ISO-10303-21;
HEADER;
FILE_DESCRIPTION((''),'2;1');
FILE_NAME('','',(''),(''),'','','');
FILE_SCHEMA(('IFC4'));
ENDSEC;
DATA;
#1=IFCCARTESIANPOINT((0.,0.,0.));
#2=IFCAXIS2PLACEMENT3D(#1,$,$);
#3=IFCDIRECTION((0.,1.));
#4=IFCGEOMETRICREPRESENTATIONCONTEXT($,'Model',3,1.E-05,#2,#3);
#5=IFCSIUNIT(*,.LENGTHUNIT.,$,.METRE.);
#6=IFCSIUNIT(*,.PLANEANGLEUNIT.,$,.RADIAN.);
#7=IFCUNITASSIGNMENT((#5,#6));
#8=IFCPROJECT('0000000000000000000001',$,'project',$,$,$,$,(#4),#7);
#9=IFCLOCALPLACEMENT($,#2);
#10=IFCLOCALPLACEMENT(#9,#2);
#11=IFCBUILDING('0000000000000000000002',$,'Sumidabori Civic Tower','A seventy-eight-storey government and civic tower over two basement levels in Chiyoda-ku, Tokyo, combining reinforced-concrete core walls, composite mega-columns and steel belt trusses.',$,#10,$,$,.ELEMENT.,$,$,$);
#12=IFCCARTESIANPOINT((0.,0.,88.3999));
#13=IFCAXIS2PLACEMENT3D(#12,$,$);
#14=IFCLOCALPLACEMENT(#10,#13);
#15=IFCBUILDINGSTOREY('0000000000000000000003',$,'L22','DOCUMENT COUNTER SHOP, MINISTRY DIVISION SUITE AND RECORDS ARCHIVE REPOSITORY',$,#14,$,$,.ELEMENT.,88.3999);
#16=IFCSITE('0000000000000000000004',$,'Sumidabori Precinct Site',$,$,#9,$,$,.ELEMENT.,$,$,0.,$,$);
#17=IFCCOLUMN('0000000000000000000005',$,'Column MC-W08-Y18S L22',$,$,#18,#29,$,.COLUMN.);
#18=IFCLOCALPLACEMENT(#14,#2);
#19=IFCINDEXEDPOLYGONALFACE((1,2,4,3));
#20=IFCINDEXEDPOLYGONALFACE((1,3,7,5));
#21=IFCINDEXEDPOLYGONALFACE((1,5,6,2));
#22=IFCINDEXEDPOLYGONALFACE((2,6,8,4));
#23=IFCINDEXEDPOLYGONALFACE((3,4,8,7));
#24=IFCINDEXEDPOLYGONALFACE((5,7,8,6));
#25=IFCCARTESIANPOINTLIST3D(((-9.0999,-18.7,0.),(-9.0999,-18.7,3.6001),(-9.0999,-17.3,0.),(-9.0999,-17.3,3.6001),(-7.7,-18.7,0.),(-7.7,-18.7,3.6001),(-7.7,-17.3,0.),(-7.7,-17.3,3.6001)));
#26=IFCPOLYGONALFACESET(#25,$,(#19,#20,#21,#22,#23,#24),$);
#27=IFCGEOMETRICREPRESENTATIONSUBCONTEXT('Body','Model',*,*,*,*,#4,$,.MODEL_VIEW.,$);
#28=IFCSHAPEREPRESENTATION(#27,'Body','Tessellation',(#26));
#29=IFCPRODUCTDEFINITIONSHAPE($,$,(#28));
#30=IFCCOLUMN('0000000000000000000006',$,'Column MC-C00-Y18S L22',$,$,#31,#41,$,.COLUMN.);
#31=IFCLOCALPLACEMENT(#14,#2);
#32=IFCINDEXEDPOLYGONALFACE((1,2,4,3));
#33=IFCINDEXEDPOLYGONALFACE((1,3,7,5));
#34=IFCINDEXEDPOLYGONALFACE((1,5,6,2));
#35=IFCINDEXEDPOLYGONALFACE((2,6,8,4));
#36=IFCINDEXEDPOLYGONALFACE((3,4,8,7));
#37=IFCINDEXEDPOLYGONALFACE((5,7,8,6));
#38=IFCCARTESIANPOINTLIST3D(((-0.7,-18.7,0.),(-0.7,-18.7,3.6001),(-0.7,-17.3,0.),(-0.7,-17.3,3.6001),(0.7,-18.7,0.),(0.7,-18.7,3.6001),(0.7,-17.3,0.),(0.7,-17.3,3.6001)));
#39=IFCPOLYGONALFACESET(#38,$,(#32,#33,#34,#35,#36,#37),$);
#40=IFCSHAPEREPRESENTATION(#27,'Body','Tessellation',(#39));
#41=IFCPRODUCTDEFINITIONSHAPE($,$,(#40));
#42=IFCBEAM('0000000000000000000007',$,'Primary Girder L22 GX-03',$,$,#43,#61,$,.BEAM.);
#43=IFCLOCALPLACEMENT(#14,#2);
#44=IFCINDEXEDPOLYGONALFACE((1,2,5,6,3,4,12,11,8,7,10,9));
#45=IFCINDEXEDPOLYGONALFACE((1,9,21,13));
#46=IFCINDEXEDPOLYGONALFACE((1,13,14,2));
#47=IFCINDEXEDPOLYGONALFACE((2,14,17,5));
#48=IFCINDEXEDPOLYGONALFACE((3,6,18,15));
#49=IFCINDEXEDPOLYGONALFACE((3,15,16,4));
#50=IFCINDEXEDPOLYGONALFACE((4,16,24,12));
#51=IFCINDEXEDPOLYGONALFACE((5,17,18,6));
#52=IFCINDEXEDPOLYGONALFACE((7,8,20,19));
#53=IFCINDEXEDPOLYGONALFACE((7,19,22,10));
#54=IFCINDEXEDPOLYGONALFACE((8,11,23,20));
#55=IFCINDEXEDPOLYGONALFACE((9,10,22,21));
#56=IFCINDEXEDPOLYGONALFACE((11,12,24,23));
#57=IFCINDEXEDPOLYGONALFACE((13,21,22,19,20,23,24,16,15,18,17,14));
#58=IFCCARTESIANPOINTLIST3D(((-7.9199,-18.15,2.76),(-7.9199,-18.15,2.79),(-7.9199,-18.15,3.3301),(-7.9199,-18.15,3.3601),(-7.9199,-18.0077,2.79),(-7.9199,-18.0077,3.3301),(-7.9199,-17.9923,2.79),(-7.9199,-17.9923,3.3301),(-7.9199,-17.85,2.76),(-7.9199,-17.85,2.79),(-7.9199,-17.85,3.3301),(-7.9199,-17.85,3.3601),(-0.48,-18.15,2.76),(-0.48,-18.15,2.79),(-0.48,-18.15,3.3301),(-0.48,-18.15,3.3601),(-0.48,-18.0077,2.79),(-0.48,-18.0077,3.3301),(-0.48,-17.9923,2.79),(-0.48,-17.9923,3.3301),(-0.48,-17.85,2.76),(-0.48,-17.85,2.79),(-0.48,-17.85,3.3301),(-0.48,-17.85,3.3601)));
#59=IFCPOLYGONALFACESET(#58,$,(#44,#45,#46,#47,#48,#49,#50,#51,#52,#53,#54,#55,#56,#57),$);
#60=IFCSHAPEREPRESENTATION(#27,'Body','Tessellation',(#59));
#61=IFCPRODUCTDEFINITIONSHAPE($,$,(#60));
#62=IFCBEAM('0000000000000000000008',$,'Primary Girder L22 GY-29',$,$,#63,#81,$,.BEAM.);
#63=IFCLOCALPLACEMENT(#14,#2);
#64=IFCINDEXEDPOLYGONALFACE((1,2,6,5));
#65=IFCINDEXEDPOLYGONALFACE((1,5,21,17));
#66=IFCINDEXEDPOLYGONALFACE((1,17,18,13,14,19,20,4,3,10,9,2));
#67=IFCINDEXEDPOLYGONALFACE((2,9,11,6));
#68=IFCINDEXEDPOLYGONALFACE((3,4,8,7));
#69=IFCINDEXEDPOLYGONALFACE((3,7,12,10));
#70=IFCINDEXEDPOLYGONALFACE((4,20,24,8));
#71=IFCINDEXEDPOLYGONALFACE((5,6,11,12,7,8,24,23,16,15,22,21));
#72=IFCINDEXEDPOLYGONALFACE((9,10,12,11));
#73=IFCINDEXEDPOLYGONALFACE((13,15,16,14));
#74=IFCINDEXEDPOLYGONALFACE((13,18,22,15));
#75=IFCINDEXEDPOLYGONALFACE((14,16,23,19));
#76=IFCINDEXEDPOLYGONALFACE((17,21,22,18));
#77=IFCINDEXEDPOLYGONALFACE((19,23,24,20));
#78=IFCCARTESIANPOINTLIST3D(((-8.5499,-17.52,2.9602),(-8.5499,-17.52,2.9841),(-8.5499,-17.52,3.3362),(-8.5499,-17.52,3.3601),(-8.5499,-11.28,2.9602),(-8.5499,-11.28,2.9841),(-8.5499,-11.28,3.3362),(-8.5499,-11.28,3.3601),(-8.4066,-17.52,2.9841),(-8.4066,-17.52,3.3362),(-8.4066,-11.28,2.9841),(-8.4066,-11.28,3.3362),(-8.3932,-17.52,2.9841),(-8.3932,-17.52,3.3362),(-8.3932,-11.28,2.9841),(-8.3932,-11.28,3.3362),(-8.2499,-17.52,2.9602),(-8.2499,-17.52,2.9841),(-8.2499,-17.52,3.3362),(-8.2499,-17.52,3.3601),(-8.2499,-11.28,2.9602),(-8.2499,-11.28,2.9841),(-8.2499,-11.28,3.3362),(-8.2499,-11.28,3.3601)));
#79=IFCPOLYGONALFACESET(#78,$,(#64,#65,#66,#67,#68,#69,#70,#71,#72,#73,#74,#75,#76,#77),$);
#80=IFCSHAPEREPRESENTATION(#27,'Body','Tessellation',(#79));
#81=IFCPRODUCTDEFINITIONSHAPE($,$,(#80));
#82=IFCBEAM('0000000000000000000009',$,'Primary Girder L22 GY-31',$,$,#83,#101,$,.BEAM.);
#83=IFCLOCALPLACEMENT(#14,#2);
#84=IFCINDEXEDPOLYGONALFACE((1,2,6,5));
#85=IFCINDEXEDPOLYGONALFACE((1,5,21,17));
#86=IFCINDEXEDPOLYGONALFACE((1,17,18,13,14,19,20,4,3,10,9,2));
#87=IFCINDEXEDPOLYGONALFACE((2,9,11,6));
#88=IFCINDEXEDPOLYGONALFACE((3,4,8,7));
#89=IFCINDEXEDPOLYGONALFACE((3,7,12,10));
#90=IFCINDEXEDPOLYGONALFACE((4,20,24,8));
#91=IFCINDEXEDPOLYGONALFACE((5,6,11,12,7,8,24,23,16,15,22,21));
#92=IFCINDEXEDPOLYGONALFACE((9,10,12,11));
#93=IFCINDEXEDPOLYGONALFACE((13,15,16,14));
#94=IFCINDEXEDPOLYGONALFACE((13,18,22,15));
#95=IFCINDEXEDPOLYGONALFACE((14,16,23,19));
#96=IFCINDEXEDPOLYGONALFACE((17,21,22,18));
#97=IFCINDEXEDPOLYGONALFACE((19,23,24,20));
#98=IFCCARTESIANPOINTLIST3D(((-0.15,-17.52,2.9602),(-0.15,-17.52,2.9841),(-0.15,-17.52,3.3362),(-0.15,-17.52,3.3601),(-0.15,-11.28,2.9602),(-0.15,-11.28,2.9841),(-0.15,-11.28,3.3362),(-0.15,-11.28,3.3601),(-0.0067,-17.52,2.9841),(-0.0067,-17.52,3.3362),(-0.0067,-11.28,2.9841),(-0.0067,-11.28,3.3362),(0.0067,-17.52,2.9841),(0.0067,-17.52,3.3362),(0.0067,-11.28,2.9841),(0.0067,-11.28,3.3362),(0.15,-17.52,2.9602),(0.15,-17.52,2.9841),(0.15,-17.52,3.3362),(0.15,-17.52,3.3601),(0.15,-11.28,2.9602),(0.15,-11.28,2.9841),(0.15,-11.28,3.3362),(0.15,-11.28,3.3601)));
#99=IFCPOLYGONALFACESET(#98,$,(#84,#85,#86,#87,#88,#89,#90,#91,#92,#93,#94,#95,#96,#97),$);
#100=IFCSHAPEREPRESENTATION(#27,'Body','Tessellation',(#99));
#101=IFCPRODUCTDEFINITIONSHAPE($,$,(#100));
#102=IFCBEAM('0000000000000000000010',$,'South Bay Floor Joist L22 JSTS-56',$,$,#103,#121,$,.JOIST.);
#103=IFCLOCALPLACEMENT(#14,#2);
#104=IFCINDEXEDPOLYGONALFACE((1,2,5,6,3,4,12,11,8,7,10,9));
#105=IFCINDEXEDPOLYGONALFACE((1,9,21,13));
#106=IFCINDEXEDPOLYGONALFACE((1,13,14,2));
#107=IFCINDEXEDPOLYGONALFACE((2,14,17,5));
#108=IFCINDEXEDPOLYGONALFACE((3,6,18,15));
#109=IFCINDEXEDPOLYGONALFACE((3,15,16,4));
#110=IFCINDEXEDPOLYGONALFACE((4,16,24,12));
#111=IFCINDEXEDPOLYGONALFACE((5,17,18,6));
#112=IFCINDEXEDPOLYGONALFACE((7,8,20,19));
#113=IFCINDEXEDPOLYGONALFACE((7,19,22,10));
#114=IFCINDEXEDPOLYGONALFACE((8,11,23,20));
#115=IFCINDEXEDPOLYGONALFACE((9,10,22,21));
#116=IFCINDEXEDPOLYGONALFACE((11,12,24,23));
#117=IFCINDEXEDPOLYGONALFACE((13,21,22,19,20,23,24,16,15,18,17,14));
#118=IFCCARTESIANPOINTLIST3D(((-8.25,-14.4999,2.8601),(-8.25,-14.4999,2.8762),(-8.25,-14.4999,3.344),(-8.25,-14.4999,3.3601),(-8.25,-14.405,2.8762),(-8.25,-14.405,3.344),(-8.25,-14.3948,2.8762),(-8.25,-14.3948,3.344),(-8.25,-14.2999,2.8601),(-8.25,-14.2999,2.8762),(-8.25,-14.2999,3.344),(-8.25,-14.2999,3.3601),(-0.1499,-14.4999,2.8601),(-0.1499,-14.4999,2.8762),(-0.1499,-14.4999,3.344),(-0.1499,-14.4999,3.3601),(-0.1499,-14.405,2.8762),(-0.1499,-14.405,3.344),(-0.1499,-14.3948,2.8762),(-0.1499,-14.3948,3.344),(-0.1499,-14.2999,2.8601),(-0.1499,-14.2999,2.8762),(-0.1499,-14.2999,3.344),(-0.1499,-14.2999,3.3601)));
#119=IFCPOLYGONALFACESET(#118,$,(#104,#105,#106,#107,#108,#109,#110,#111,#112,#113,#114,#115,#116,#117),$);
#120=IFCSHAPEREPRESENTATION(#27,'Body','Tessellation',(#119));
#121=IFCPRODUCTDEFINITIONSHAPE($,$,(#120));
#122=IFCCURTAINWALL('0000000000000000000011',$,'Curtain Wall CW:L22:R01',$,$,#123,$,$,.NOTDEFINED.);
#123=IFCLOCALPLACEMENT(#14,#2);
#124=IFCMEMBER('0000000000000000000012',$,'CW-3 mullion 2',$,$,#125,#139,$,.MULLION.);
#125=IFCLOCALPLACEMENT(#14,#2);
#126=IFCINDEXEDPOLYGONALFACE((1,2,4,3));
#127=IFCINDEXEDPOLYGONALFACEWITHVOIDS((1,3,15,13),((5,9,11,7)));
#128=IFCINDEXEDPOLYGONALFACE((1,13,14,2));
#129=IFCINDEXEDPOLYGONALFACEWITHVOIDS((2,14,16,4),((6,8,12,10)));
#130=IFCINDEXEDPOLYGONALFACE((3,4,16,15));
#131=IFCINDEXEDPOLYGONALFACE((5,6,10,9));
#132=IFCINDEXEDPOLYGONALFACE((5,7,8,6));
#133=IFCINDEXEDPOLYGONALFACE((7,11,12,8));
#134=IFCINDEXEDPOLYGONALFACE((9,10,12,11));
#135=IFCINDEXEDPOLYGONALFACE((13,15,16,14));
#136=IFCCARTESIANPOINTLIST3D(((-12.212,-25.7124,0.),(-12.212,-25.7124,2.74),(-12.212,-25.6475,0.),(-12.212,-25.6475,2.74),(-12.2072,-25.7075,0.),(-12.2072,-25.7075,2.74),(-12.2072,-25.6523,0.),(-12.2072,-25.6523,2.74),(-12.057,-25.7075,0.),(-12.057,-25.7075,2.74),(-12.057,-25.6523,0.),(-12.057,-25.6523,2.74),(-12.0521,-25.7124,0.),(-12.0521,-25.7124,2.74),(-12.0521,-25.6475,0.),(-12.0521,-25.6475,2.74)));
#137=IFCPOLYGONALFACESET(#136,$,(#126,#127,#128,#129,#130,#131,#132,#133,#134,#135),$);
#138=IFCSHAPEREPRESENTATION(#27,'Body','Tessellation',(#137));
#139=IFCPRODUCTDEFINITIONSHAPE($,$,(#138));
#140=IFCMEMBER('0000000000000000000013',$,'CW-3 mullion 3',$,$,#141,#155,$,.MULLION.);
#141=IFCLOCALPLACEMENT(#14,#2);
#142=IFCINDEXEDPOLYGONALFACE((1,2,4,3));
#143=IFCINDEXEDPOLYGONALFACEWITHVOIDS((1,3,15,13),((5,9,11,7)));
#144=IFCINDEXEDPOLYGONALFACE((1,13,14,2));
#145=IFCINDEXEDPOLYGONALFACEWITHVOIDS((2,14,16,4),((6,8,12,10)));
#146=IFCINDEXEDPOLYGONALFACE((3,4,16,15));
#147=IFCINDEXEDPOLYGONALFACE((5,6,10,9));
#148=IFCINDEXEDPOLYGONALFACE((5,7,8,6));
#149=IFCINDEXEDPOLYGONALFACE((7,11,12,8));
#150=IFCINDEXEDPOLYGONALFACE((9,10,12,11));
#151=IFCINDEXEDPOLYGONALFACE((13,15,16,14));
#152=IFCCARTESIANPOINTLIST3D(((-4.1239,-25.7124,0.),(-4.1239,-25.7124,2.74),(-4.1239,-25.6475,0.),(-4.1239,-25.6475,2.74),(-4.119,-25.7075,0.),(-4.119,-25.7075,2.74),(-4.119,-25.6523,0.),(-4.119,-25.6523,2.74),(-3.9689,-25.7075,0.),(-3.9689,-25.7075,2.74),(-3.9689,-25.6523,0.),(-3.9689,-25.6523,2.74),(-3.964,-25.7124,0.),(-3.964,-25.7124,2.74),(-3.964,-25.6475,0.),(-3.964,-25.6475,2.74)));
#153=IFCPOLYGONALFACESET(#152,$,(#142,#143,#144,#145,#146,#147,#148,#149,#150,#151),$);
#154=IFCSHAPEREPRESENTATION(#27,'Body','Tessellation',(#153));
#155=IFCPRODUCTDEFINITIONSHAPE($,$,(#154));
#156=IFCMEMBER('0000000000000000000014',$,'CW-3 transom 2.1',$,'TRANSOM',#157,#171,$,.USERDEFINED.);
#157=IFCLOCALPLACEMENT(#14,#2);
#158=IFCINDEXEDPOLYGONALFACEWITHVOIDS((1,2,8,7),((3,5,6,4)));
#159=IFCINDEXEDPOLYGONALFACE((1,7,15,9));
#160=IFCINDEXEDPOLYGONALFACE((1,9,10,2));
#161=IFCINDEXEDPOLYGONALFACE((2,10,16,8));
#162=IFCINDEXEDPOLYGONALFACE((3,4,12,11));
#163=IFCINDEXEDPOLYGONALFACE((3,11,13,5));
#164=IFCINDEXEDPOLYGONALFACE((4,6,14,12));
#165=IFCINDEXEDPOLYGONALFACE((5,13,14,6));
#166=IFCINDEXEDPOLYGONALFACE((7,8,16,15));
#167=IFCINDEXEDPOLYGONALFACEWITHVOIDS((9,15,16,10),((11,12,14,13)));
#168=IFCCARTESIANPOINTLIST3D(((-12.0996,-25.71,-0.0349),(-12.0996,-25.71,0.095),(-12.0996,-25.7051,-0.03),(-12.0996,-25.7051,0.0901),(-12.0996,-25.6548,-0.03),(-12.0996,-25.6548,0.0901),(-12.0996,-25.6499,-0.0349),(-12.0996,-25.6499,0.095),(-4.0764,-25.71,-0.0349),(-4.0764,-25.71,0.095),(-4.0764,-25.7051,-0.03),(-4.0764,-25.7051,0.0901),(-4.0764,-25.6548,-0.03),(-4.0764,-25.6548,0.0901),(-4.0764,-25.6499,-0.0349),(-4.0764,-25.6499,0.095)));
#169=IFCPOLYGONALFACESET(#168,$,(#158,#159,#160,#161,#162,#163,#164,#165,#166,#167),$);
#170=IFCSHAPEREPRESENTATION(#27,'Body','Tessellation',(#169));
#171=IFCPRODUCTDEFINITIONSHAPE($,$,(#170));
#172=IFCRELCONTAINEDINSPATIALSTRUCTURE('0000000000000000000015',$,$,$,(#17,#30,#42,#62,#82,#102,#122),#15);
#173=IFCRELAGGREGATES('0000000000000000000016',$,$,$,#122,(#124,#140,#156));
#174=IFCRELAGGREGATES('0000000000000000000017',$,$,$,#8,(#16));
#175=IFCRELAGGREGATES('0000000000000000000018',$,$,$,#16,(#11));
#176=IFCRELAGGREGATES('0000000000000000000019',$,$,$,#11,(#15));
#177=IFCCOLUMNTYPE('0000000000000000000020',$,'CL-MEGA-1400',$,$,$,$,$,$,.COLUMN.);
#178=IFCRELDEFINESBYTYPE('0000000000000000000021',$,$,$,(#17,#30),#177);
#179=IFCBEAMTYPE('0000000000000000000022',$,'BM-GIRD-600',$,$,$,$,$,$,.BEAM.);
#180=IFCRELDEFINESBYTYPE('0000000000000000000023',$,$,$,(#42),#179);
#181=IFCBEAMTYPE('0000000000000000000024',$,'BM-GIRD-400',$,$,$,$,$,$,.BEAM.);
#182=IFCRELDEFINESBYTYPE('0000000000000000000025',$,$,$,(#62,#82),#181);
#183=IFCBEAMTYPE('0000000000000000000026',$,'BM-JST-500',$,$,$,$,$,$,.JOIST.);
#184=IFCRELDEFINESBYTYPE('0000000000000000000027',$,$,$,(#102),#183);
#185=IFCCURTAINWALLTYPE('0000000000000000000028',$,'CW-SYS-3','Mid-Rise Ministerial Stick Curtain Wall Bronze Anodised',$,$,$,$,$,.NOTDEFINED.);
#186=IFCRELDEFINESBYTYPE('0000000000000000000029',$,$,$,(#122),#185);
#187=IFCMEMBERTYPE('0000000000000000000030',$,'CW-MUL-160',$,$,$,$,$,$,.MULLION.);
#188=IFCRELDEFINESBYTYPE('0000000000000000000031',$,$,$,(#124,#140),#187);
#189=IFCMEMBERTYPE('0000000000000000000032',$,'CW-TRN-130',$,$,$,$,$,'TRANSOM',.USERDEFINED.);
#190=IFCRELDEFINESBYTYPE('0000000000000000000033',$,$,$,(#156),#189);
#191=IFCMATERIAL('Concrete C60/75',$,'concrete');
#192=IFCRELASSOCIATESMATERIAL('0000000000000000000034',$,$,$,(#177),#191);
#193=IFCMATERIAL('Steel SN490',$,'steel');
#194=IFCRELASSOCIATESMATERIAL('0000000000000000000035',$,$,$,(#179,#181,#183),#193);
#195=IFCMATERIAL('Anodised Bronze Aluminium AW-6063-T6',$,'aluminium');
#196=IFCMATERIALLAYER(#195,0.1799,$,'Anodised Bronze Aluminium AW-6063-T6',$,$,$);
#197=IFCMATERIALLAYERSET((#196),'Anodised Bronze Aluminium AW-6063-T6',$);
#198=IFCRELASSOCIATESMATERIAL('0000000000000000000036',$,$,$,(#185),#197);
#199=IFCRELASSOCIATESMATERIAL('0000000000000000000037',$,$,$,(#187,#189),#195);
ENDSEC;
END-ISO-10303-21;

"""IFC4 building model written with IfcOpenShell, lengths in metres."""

from ifc_helpers import new_model, si_unit, direction, frame, origin, origin_2d, place, context, subcontext, project, spatial, rectangle, hollow_rectangle, i_section, extrude, source, transform, mapped, material, layer, layer_set, material_profile, profile_set, type_object, element, aggregate, save


model = new_model("IFC4")

# Units and contexts
model_context = context("Model", 3, precision=1e-05, world=origin(), true_north=direction((0.0, 1.0)))
body_context = subcontext(model_context, "Body", "Model", "MODEL_VIEW")
ifc_project = project(units=[si_unit("LENGTHUNIT", "METRE"), si_unit("PLANEANGLEUNIT", "RADIAN")], contexts=[model_context])

# Site, building, storey
site_placement = place(None, origin())
site = spatial("IfcSite", under=ifc_project, at=site_placement, Name="Sumidabori Precinct Site", CompositionType="ELEMENT", RefElevation=0.0)
building_placement = place(site_placement, origin())
building = spatial("IfcBuilding", under=site, at=building_placement, Name="Sumidabori Civic Tower", Description="A seventy-eight-storey government and civic tower over two basement levels in Chiyoda-ku, Tokyo, combining reinforced-concrete core walls, composite mega-columns and steel belt trusses.", CompositionType="ELEMENT")
storey_placement = place(building_placement, frame((0.0, 0.0, 88.3999)))
storey = spatial("IfcBuildingStorey", under=building, at=storey_placement, Name="L22", Description="DOCUMENT COUNTER SHOP, MINISTRY DIVISION SUITE AND RECORDS ARCHIVE REPOSITORY", CompositionType="ELEMENT", Elevation=88.3999)

# Columns
ifc_material_1 = material(Name="Concrete C60/75", Category="concrete")
ifc_material_profile_1 = material_profile(ifc_material_1, rectangle(XDim=1.3999, YDim=1.3999, at=origin_2d()), Name="RC 1400x1400")
ifc_profile_set_1 = profile_set([ifc_material_profile_1], Name="Concrete C60/75")
column_type = type_object("IfcColumnType", Name="CL-MEGA-1400", PredefinedType="COLUMN", material=ifc_profile_set_1)
shared_shape_1 = source(origin(), body_context, "Body", "SweptSolid", [
    extrude(rectangle(XDim=1.3999, YDim=1.3999, at=origin_2d()), origin(), (0.0, 0.0, 1.0), 3.6001),
])
for number, where, z_axis, x_axis, name in (
    (1, (-8.3999, -18.0, 0.0), (0.0, 0.0, 1.0), (1.0, 0.0, 0.0), "Column MC-W08-Y18S L22"),
    (2, (0.0, -18.0, 0.0), (0.0, 0.0, 1.0), (1.0, 0.0, 0.0), "Column MC-C00-Y18S L22"),
):
    element("IfcColumn", number, at=place(storey_placement, frame(where, z_axis=z_axis, x_axis=x_axis)), inside=storey, type_object=column_type, Name=name, PredefinedType="COLUMN", context=body_context, shape_type="MappedRepresentation", body=[
        mapped(shared_shape_1, transform((0.0, 0.0, 0.0), x_axis=(1.0, 0.0, 0.0), y_axis=(0.0, 1.0, 0.0), z_axis=(0.0, 0.0, 1.0), scale=1.0)),
    ])

# Beams
ifc_material_2 = material(Name="Steel SN490", Category="steel")
ifc_material_profile_2 = material_profile(ifc_material_2, i_section(OverallWidth=0.3, OverallDepth=0.6001, WebThickness=0.0154, FlangeThickness=0.03, at=origin_2d()), Name="HE 600 B")
ifc_profile_set_2 = profile_set([ifc_material_profile_2], Name="Steel SN490")
beam_type_1 = type_object("IfcBeamType", Name="BM-GIRD-600", PredefinedType="BEAM", material=ifc_profile_set_2)
shared_shape_2 = source(origin(), body_context, "Body", "SweptSolid", [
    extrude(i_section(OverallWidth=0.3, OverallDepth=0.6001, WebThickness=0.0154, FlangeThickness=0.03, at=origin_2d()), origin(), (0.0, 0.0, 1.0), 7.4399),
])
beam_1_placement = place(storey_placement, frame((-7.9199, -18.0, 3.0601), z_axis=(1.0, 0.0, 0.0), x_axis=(0.0, 1.0, 0.0)))
element("IfcBeam", 3, at=beam_1_placement, inside=storey, type_object=beam_type_1, Name="Primary Girder L22 GX-03", PredefinedType="BEAM", context=body_context, shape_type="MappedRepresentation", body=[
    mapped(shared_shape_2, transform((0.0, 0.0, 0.0), x_axis=(1.0, 0.0, 0.0), y_axis=(0.0, 1.0, 0.0), z_axis=(0.0, 0.0, 1.0), scale=1.0)),
])
ifc_material_profile_3 = material_profile(ifc_material_2, i_section(OverallWidth=0.3, OverallDepth=0.3999, WebThickness=0.0134, FlangeThickness=0.0239, at=origin_2d()), Name="HE 400 B")
ifc_profile_set_3 = profile_set([ifc_material_profile_3], Name="Steel SN490")
beam_type_2 = type_object("IfcBeamType", Name="BM-GIRD-400", PredefinedType="BEAM", material=ifc_profile_set_3)
shared_shape_3 = source(origin(), body_context, "Body", "SweptSolid", [
    extrude(i_section(OverallWidth=0.3, OverallDepth=0.3999, WebThickness=0.0134, FlangeThickness=0.0239, at=origin_2d()), origin(), (0.0, 0.0, 1.0), 6.24),
])
for number, where, z_axis, x_axis, name in (
    (4, (-8.3999, -17.52, 3.1602), (0.0, 1.0, 0.0), (-1.0, 0.0, 0.0), "Primary Girder L22 GY-29"),
    (5, (0.0, -17.52, 3.1602), (0.0, 1.0, 0.0), (-1.0, 0.0, 0.0), "Primary Girder L22 GY-31"),
):
    element("IfcBeam", number, at=place(storey_placement, frame(where, z_axis=z_axis, x_axis=x_axis)), inside=storey, type_object=beam_type_2, Name=name, PredefinedType="BEAM", context=body_context, shape_type="MappedRepresentation", body=[
        mapped(shared_shape_3, transform((0.0, 0.0, 0.0), x_axis=(1.0, 0.0, 0.0), y_axis=(0.0, 1.0, 0.0), z_axis=(0.0, 0.0, 1.0), scale=1.0)),
    ])
ifc_material_profile_4 = material_profile(ifc_material_2, i_section(OverallWidth=0.2, OverallDepth=0.5, WebThickness=0.0103, FlangeThickness=0.0161, at=origin_2d()), Name="IPE 500")
ifc_profile_set_4 = profile_set([ifc_material_profile_4], Name="Steel SN490")
beam_type_3 = type_object("IfcBeamType", Name="BM-JST-500", PredefinedType="JOIST", material=ifc_profile_set_4)
shared_shape_4 = source(origin(), body_context, "Body", "SweptSolid", [
    extrude(i_section(OverallWidth=0.2, OverallDepth=0.5, WebThickness=0.0103, FlangeThickness=0.0161, at=origin_2d()), origin(), (0.0, 0.0, 1.0), 8.1001),
])
beam_2_placement = place(storey_placement, frame((-8.25, -14.3999, 3.1101), z_axis=(1.0, 0.0, 0.0), x_axis=(0.0, 1.0, 0.0)))
element("IfcBeam", 6, at=beam_2_placement, inside=storey, type_object=beam_type_3, Name="South Bay Floor Joist L22 JSTS-56", PredefinedType="JOIST", context=body_context, shape_type="MappedRepresentation", body=[
    mapped(shared_shape_4, transform((0.0, 0.0, 0.0), x_axis=(1.0, 0.0, 0.0), y_axis=(0.0, 1.0, 0.0), z_axis=(0.0, 0.0, 1.0), scale=1.0)),
])

# Curtain wall, members
ifc_material_3 = material(Name="Anodised Bronze Aluminium AW-6063-T6", Category="aluminium")
ifc_layer_1 = layer(ifc_material_3, 0.1799, Name="Anodised Bronze Aluminium AW-6063-T6")
ifc_layer_set_1 = layer_set([ifc_layer_1], Name="Anodised Bronze Aluminium AW-6063-T6")
curtain_wall_type = type_object("IfcCurtainWallType", Name="CW-SYS-3", Description="Mid-Rise Ministerial Stick Curtain Wall Bronze Anodised", PredefinedType="NOTDEFINED", material=ifc_layer_set_1)
curtain_wall_placement = place(storey_placement, origin())
curtain_wall = element("IfcCurtainWall", 7, at=curtain_wall_placement, inside=storey, type_object=curtain_wall_type, Name="Curtain Wall CW:L22:R01", PredefinedType="NOTDEFINED")
ifc_material_profile_5 = material_profile(ifc_material_3, hollow_rectangle(XDim=0.0649, YDim=0.1599, WallThickness=0.0049, at=origin_2d()), Name="ALU MULLION 160x65")
ifc_profile_set_5 = profile_set([ifc_material_profile_5], Name="Anodised Bronze Aluminium AW-6063-T6")
member_type_1 = type_object("IfcMemberType", Name="CW-MUL-160", PredefinedType="MULLION", material=ifc_profile_set_5)
shared_shape_5 = source(origin(), body_context, "Body", "SweptSolid", [
    extrude(hollow_rectangle(XDim=0.0649, YDim=0.1599, WallThickness=0.0049, at=origin_2d()), origin(), (0.0, 0.0, 1.0), 2.74),
])
member_1_placement = place(storey_placement, frame((-12.1321, -25.6799, 0.0), z_axis=(0.0, 0.0, 1.0), x_axis=(0.0, 1.0, 0.0)))
member_1 = element("IfcMember", 8, at=member_1_placement, type_object=member_type_1, Name="CW-3 mullion 2", PredefinedType="MULLION", context=body_context, shape_type="MappedRepresentation", body=[
    mapped(shared_shape_5, transform((0.0, 0.0, 0.0), x_axis=(1.0, 0.0, 0.0), y_axis=(0.0, 1.0, 0.0), z_axis=(0.0, 0.0, 1.0), scale=1.0)),
])
member_2_placement = place(storey_placement, frame((-4.0439, -25.6799, 0.0), z_axis=(0.0, 0.0, 1.0), x_axis=(0.0, 1.0, 0.0)))
member_2 = element("IfcMember", 9, at=member_2_placement, type_object=member_type_1, Name="CW-3 mullion 3", PredefinedType="MULLION", context=body_context, shape_type="MappedRepresentation", body=[
    mapped(shared_shape_5, transform((0.0, 0.0, 0.0), x_axis=(1.0, 0.0, 0.0), y_axis=(0.0, 1.0, 0.0), z_axis=(0.0, 0.0, 1.0), scale=1.0)),
])
ifc_material_profile_6 = material_profile(ifc_material_3, hollow_rectangle(XDim=0.0601, YDim=0.1299, WallThickness=0.0049, at=origin_2d()), Name="ALU TRANSOM 130x60")
ifc_profile_set_6 = profile_set([ifc_material_profile_6], Name="Anodised Bronze Aluminium AW-6063-T6")
member_type_2 = type_object("IfcMemberType", Name="CW-TRN-130", ElementType="TRANSOM", PredefinedType="USERDEFINED", material=ifc_profile_set_6)
shared_shape_6 = source(origin(), body_context, "Body", "SweptSolid", [
    extrude(hollow_rectangle(XDim=0.0601, YDim=0.1299, WallThickness=0.0049, at=origin_2d()), origin(), (0.0, 0.0, 1.0), 8.0232),
])
member_3_placement = place(storey_placement, frame((-12.0996, -25.6799, 0.03), z_axis=(1.0, 0.0, 0.0), x_axis=(0.0, 1.0, 0.0)))
member_3 = element("IfcMember", 10, at=member_3_placement, type_object=member_type_2, Name="CW-3 transom 2.1", ObjectType="TRANSOM", PredefinedType="USERDEFINED", context=body_context, shape_type="MappedRepresentation", body=[
    mapped(shared_shape_6, transform((0.0, 0.0, 0.0), x_axis=(1.0, 0.0, 0.0), y_axis=(0.0, 1.0, 0.0), z_axis=(0.0, 0.0, 1.0), scale=1.0)),
])
aggregate(curtain_wall, [member_1, member_2, member_3])

save(model, "model.ifc")
